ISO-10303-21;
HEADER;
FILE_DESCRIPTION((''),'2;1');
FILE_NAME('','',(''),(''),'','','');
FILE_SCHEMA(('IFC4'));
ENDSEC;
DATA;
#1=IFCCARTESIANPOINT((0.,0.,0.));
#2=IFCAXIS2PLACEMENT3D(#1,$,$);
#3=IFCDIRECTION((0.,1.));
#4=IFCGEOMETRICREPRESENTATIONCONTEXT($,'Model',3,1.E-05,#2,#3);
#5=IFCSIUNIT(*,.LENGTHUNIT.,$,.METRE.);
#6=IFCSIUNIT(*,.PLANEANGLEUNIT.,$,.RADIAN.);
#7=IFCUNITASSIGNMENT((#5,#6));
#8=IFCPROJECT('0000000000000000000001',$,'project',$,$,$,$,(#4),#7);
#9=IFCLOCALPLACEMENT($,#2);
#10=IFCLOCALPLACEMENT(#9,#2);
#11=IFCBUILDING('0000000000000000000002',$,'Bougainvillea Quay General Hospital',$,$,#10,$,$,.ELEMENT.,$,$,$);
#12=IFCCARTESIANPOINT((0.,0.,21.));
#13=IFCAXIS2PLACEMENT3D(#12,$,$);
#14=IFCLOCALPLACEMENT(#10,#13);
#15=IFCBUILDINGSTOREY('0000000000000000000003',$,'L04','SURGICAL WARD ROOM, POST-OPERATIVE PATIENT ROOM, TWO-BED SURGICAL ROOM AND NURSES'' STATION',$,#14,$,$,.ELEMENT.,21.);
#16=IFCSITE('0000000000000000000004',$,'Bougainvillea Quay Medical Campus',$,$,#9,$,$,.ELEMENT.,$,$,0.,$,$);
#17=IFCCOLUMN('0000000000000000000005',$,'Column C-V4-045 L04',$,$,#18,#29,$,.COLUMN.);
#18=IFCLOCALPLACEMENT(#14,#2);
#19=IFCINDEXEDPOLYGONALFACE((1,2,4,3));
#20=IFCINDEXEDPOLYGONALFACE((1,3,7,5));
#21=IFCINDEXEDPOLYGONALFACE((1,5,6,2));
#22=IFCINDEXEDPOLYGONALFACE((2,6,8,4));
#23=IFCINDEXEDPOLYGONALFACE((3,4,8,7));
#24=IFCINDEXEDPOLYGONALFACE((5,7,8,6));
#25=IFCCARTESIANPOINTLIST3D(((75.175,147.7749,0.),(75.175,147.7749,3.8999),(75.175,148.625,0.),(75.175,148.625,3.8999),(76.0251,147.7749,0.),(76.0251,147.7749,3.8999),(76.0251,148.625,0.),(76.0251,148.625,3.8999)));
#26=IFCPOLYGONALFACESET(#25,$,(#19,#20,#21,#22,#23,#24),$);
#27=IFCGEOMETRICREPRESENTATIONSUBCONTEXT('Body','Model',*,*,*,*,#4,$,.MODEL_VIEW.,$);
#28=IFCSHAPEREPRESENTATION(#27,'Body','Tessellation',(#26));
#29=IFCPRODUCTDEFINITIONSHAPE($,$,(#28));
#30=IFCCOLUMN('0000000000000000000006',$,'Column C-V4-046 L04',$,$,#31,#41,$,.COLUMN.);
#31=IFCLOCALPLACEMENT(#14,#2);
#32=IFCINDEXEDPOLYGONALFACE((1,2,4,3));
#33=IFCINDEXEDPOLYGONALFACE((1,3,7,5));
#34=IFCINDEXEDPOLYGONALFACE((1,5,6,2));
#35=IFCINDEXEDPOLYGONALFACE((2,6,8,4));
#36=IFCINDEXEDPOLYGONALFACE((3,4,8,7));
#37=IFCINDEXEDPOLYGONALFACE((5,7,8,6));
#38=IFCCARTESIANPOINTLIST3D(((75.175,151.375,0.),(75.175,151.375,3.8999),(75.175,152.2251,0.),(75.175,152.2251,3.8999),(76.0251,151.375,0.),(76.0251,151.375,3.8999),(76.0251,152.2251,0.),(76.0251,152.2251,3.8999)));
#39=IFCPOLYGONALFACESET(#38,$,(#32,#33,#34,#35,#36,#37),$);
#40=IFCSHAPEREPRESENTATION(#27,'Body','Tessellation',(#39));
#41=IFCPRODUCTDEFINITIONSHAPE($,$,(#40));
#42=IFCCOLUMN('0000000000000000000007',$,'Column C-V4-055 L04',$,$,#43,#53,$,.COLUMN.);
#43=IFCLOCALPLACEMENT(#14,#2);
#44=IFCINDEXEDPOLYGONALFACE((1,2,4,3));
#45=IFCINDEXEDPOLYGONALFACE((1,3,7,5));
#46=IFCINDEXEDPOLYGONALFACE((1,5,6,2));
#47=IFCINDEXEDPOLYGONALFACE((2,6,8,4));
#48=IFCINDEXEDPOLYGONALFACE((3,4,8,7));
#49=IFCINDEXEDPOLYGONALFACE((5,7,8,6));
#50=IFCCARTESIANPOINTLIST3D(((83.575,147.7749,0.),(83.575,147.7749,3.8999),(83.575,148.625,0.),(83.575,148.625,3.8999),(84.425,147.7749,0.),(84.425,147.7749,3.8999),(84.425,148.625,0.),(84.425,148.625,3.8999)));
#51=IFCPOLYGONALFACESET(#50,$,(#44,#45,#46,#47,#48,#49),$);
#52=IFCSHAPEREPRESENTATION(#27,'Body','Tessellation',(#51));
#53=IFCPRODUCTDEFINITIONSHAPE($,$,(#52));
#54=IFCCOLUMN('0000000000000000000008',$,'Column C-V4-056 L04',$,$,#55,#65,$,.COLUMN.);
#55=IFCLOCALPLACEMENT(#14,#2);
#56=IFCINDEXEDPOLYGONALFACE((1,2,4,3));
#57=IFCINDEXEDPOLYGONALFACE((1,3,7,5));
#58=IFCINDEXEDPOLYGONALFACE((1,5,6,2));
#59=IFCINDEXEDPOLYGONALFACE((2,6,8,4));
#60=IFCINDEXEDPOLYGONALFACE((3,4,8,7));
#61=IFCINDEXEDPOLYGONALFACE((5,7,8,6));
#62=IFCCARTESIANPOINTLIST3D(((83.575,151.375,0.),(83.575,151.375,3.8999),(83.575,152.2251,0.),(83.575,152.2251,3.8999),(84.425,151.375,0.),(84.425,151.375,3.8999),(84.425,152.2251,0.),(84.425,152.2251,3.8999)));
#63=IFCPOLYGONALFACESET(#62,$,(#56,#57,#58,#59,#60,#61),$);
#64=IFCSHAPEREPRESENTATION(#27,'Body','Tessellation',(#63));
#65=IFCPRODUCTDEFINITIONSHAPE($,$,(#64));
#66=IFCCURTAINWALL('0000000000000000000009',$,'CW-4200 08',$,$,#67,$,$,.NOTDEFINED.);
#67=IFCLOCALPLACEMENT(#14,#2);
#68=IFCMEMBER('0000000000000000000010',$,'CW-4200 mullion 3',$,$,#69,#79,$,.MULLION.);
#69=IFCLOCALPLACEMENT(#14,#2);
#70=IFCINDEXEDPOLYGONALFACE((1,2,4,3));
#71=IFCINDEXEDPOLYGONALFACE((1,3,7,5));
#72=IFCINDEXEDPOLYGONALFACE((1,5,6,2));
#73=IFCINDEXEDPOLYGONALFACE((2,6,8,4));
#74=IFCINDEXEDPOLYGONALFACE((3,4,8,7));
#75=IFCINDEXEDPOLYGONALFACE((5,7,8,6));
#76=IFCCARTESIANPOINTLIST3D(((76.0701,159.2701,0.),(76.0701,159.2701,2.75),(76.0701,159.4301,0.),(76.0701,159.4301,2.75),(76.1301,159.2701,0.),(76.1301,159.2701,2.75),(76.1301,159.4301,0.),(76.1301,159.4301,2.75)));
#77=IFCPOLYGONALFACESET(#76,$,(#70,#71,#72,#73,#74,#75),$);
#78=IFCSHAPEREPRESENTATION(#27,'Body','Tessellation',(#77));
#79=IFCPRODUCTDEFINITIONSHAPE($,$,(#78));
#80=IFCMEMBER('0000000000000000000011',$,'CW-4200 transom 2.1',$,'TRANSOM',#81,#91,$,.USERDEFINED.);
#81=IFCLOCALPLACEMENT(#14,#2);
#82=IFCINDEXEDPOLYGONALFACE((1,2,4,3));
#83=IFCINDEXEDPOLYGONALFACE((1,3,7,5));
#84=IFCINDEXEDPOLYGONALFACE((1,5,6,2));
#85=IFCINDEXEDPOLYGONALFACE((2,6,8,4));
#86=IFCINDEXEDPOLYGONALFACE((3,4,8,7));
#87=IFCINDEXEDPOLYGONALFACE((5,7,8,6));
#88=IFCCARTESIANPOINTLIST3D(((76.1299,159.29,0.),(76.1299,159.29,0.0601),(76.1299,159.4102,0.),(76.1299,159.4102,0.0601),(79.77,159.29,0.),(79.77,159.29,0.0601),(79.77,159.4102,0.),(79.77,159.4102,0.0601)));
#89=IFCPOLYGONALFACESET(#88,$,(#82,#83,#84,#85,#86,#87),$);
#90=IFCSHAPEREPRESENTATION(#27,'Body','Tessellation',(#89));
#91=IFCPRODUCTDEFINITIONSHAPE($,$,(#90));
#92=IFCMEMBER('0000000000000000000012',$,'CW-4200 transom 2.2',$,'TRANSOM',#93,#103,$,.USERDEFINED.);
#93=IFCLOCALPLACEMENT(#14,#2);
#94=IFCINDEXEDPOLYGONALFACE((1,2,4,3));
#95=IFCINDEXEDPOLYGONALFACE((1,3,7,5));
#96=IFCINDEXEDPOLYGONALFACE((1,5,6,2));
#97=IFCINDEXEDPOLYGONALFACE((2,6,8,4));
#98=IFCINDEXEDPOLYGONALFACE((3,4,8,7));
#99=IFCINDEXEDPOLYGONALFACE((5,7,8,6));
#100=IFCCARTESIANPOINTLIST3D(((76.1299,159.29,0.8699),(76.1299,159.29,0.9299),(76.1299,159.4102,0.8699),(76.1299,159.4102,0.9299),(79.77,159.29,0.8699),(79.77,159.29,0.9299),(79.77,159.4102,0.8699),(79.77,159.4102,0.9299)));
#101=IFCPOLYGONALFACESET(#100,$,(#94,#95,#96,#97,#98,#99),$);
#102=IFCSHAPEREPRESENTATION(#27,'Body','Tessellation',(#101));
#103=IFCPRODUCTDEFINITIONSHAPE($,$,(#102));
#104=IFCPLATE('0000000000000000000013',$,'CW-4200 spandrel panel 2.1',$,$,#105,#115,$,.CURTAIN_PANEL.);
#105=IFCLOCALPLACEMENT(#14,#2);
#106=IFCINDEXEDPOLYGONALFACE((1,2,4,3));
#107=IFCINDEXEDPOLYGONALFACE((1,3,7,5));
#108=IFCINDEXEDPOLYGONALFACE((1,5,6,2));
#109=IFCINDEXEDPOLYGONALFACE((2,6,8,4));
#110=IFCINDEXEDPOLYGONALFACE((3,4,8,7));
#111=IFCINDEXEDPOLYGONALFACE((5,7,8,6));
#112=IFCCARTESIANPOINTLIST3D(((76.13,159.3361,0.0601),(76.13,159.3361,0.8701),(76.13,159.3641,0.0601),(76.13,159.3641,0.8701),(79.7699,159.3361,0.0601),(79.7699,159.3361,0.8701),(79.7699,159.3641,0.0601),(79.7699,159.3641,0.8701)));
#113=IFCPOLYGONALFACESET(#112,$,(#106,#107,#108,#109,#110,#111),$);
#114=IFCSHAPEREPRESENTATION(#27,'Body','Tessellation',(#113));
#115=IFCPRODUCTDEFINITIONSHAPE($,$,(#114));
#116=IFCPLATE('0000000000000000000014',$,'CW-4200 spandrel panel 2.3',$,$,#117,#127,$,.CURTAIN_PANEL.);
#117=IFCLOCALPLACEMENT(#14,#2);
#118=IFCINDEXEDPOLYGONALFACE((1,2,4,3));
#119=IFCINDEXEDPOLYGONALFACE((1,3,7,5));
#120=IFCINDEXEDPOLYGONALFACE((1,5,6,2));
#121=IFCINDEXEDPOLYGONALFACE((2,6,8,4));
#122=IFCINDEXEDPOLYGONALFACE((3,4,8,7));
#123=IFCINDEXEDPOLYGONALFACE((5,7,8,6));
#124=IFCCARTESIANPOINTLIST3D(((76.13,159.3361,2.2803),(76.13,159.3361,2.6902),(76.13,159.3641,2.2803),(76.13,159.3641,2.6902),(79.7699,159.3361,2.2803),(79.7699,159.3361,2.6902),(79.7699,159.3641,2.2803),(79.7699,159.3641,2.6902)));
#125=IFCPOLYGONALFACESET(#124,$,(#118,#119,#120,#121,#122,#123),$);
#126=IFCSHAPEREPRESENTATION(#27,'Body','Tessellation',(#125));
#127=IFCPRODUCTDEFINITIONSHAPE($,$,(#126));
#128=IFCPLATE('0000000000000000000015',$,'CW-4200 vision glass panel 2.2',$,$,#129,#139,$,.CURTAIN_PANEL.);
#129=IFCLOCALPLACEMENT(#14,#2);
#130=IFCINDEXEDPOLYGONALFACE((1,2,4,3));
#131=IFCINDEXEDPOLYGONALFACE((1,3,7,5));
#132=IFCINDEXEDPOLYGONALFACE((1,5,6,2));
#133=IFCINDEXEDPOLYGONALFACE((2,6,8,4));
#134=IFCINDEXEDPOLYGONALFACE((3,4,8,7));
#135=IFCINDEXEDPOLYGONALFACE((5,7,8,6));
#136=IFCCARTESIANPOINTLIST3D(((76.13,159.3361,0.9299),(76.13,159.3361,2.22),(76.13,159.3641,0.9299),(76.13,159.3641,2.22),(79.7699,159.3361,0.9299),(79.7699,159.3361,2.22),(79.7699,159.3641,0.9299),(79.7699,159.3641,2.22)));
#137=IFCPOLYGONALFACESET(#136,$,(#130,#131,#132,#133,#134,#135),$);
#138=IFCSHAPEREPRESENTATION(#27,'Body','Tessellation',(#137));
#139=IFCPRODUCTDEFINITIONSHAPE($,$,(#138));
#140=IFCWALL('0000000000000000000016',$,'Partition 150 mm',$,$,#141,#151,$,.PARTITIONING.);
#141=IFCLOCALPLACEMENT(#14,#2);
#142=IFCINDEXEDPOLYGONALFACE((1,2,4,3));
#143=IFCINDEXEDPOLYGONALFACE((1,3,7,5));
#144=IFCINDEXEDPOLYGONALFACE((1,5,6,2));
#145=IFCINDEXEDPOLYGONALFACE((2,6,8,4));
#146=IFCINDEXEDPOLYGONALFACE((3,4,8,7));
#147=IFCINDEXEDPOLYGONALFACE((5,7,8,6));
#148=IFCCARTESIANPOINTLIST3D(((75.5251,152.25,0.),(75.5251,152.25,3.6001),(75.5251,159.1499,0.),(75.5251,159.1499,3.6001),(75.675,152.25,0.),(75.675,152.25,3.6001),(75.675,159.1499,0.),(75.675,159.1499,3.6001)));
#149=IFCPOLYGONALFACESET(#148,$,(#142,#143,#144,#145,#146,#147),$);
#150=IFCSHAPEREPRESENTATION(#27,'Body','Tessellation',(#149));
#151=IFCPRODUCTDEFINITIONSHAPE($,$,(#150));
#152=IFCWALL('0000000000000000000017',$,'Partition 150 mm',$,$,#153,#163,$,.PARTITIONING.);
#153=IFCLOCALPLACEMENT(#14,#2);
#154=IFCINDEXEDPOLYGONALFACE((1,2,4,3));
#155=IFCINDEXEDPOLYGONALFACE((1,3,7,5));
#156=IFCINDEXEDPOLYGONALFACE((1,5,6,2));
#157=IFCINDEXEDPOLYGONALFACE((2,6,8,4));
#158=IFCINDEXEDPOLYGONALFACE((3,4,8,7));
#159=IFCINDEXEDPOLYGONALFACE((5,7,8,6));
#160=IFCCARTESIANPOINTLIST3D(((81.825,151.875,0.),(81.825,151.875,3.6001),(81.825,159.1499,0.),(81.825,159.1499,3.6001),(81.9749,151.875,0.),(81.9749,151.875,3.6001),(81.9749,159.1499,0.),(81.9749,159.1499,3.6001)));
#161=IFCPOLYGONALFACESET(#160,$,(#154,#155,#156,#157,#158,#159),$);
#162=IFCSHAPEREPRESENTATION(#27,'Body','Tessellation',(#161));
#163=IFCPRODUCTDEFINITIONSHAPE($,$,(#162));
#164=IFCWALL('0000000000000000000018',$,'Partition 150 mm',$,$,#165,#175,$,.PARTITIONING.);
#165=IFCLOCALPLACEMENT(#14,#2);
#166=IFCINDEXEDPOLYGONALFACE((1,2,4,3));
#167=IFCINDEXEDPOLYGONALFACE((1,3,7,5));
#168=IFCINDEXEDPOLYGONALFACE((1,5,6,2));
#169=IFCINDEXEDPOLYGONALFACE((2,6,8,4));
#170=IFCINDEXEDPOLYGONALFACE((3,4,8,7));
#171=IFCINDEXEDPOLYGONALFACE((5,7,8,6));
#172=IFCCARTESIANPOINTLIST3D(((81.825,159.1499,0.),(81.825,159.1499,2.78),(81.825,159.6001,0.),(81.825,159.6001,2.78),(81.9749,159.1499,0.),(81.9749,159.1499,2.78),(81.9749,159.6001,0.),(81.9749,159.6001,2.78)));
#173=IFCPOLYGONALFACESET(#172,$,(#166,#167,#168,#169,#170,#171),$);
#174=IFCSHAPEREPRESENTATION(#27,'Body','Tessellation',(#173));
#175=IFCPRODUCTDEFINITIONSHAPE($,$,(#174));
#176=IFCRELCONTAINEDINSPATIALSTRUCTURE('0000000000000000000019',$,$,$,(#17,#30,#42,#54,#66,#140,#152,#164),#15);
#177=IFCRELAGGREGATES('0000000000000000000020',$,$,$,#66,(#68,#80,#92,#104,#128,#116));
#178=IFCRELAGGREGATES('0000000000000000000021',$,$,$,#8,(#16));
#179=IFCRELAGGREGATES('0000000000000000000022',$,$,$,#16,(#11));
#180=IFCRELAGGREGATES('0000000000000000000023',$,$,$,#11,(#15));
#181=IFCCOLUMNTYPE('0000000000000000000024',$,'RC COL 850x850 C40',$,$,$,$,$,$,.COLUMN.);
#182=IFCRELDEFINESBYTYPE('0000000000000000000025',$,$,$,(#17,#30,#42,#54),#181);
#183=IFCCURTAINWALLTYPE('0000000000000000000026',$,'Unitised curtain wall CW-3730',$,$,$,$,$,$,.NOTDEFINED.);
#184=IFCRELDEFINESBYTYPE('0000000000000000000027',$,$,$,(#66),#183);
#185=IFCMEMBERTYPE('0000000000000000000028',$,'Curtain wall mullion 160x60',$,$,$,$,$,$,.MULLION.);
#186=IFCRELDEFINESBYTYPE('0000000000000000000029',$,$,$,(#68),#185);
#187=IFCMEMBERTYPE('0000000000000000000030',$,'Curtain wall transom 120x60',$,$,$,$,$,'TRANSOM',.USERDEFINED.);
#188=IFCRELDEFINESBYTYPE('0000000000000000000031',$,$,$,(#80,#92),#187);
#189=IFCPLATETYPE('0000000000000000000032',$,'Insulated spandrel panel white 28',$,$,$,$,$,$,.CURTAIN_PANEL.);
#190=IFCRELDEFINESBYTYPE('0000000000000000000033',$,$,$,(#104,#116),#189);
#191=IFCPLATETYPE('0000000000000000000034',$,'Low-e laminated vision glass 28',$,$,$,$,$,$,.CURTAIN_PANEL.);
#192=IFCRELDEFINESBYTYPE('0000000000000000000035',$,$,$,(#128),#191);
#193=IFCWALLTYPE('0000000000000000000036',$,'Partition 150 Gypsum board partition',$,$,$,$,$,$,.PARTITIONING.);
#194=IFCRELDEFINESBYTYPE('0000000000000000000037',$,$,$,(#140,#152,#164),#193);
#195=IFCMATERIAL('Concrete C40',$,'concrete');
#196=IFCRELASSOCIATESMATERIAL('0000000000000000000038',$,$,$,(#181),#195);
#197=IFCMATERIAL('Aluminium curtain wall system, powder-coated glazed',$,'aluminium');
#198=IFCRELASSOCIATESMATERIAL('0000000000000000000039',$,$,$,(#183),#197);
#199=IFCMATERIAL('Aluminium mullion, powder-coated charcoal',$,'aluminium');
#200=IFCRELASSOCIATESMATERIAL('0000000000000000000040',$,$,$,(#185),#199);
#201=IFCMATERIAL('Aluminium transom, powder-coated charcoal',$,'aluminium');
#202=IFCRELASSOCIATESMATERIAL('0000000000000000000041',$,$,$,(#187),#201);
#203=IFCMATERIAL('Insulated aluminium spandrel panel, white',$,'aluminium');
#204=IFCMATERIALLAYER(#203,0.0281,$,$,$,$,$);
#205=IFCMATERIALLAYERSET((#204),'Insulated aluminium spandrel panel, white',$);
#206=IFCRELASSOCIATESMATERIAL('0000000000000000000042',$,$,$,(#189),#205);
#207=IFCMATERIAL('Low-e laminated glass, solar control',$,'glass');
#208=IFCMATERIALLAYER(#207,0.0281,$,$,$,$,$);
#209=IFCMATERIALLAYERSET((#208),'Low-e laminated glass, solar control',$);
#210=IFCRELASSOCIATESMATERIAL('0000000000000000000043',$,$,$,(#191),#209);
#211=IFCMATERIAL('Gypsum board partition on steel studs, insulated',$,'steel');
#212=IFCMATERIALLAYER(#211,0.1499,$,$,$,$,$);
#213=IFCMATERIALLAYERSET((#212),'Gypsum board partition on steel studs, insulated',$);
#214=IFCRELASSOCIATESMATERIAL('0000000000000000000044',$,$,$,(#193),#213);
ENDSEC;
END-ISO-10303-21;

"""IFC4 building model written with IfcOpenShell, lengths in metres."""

from ifc_helpers import new_model, si_unit, direction, frame, frame_2d, origin, origin_2d, place, context, subcontext, project, spatial, rectangle, extrude, material, layer, layer_set, material_profile, profile_set, type_object, element, aggregate, save


model = new_model("IFC4")

# Units and contexts
model_context = context("Model", 3, precision=1e-05, world=origin(), true_north=direction((0.0, 1.0)))
body_context = subcontext(model_context, "Body", "Model", "MODEL_VIEW")
ifc_project = project(units=[si_unit("LENGTHUNIT", "METRE"), si_unit("PLANEANGLEUNIT", "RADIAN")], contexts=[model_context])

# Site, building, storey
site_placement = place(None, origin())
site = spatial("IfcSite", under=ifc_project, at=site_placement, Name="Bougainvillea Quay Medical Campus", CompositionType="ELEMENT", RefElevation=0.0)
building_placement = place(site_placement, origin())
building = spatial("IfcBuilding", under=site, at=building_placement, Name="Bougainvillea Quay General Hospital", CompositionType="ELEMENT")
storey_placement = place(building_placement, frame((0.0, 0.0, 21.0)))
storey = spatial("IfcBuildingStorey", under=building, at=storey_placement, Name="L04", Description="SURGICAL WARD ROOM, POST-OPERATIVE PATIENT ROOM, TWO-BED SURGICAL ROOM AND NURSES' STATION", CompositionType="ELEMENT", Elevation=21.0)

# Columns
ifc_material_1 = material(Name="Concrete C40", Category="concrete")
ifc_material_profile_1 = material_profile(ifc_material_1, rectangle(XDim=0.8501, YDim=0.8501, at=origin_2d()))
ifc_profile_set_1 = profile_set([ifc_material_profile_1], Name="Concrete C40")
column_type = type_object("IfcColumnType", Name="RC COL 850x850 C40", PredefinedType="COLUMN", material=ifc_profile_set_1)
for number, where, z_axis, x_axis, name in (
    (1, (75.6001, 148.2, 0.0), (0.0, 0.0, 1.0), (1.0, 0.0, 0.0), "Column C-V4-045 L04"),
    (2, (75.6001, 151.8, 0.0), (0.0, 0.0, 1.0), (1.0, 0.0, 0.0), "Column C-V4-046 L04"),
    (3, (84.0, 148.2, 0.0), (0.0, 0.0, 1.0), (1.0, 0.0, 0.0), "Column C-V4-055 L04"),
    (4, (84.0, 151.8, 0.0), (0.0, 0.0, 1.0), (1.0, 0.0, 0.0), "Column C-V4-056 L04"),
):
    element("IfcColumn", number, at=place(storey_placement, frame(where, z_axis=z_axis, x_axis=x_axis)), inside=storey, type_object=column_type, Name=name, PredefinedType="COLUMN", context=body_context, shape_type="SweptSolid", body=[
        extrude(rectangle(XDim=0.8501, YDim=0.8501, at=origin_2d()), origin(), (0.0, 0.0, 1.0), 3.8999),
    ])

# Curtain wall, members, plates
ifc_material_2 = material(Name="Aluminium curtain wall system, powder-coated glazed", Category="aluminium")
curtain_wall_type = type_object("IfcCurtainWallType", Name="Unitised curtain wall CW-3730", PredefinedType="NOTDEFINED", material=ifc_material_2)
curtain_wall_placement = place(storey_placement, origin())
curtain_wall = element("IfcCurtainWall", 5, at=curtain_wall_placement, inside=storey, type_object=curtain_wall_type, Name="CW-4200 08", PredefinedType="NOTDEFINED")
ifc_material_3 = material(Name="Aluminium mullion, powder-coated charcoal", Category="aluminium")
ifc_material_profile_2 = material_profile(ifc_material_3, rectangle(XDim=0.1599, YDim=0.0601, at=origin_2d()))
ifc_profile_set_2 = profile_set([ifc_material_profile_2], Name="Aluminium mullion, powder-coated charcoal")
member_type_1 = type_object("IfcMemberType", Name="Curtain wall mullion 160x60", PredefinedType="MULLION", material=ifc_profile_set_2)
member_1_placement = place(storey_placement, frame((76.1001, 159.3501, 0.0), z_axis=(0.0, 0.0, 1.0), x_axis=(0.0, -1.0, 0.0)))
member_1 = element("IfcMember", 6, at=member_1_placement, type_object=member_type_1, Name="CW-4200 mullion 3", PredefinedType="MULLION", context=body_context, shape_type="SweptSolid", body=[
    extrude(rectangle(XDim=0.1599, YDim=0.0601, at=origin_2d()), origin(), (0.0, 0.0, 1.0), 2.75),
])
ifc_material_4 = material(Name="Aluminium transom, powder-coated charcoal", Category="aluminium")
ifc_material_profile_3 = material_profile(ifc_material_4, rectangle(XDim=0.1201, YDim=0.0601, at=origin_2d()))
ifc_profile_set_3 = profile_set([ifc_material_profile_3], Name="Aluminium transom, powder-coated charcoal")
member_type_2 = type_object("IfcMemberType", Name="Curtain wall transom 120x60", ElementType="TRANSOM", PredefinedType="USERDEFINED", material=ifc_profile_set_3)
member_2_placement = place(storey_placement, frame((79.77, 159.3501, 0.03), z_axis=(-1.0, 0.0, 0.0), x_axis=(0.0, -1.0, 0.0)))
member_2 = element("IfcMember", 7, at=member_2_placement, type_object=member_type_2, Name="CW-4200 transom 2.1", ObjectType="TRANSOM", PredefinedType="USERDEFINED", context=body_context, shape_type="SweptSolid", body=[
    extrude(rectangle(XDim=0.1201, YDim=0.0601, at=origin_2d()), origin(), (0.0, 0.0, 1.0), 3.6401),
])
member_3_placement = place(storey_placement, frame((79.77, 159.3501, 0.8999), z_axis=(-1.0, 0.0, 0.0), x_axis=(0.0, -1.0, 0.0)))
member_3 = element("IfcMember", 8, at=member_3_placement, type_object=member_type_2, Name="CW-4200 transom 2.2", ObjectType="TRANSOM", PredefinedType="USERDEFINED", context=body_context, shape_type="SweptSolid", body=[
    extrude(rectangle(XDim=0.1201, YDim=0.0601, at=origin_2d()), origin(), (0.0, 0.0, 1.0), 3.6401),
])
ifc_material_5 = material(Name="Insulated aluminium spandrel panel, white", Category="aluminium")
ifc_layer_1 = layer(ifc_material_5, 0.0281)
ifc_layer_set_1 = layer_set([ifc_layer_1], Name="Insulated aluminium spandrel panel, white")
plate_type_1 = type_object("IfcPlateType", Name="Insulated spandrel panel white 28", PredefinedType="CURTAIN_PANEL", material=ifc_layer_set_1)
plate_1_placement = place(storey_placement, frame((77.95, 159.3501, 0.0601), z_axis=(0.0, 0.0, 1.0), x_axis=(-1.0, 0.0, 0.0)))
plate_1 = element("IfcPlate", 9, at=plate_1_placement, type_object=plate_type_1, Name="CW-4200 spandrel panel 2.1", PredefinedType="CURTAIN_PANEL", context=body_context, shape_type="SweptSolid", body=[
    extrude(rectangle(XDim=3.6399, YDim=0.0281, at=origin_2d()), origin(), (0.0, 0.0, 1.0), 0.8101),
])
plate_2_placement = place(storey_placement, frame((77.95, 159.3501, 2.2803), z_axis=(0.0, 0.0, 1.0), x_axis=(-1.0, 0.0, 0.0)))
plate_2 = element("IfcPlate", 10, at=plate_2_placement, type_object=plate_type_1, Name="CW-4200 spandrel panel 2.3", PredefinedType="CURTAIN_PANEL", context=body_context, shape_type="SweptSolid", body=[
    extrude(rectangle(XDim=3.6399, YDim=0.0281, at=origin_2d()), origin(), (0.0, 0.0, 1.0), 0.4099),
])
ifc_material_6 = material(Name="Low-e laminated glass, solar control", Category="glass")
ifc_layer_2 = layer(ifc_material_6, 0.0281)
ifc_layer_set_2 = layer_set([ifc_layer_2], Name="Low-e laminated glass, solar control")
plate_type_2 = type_object("IfcPlateType", Name="Low-e laminated vision glass 28", PredefinedType="CURTAIN_PANEL", material=ifc_layer_set_2)
plate_3_placement = place(storey_placement, frame((77.95, 159.3501, 0.9299), z_axis=(0.0, 0.0, 1.0), x_axis=(-1.0, 0.0, 0.0)))
plate_3 = element("IfcPlate", 11, at=plate_3_placement, type_object=plate_type_2, Name="CW-4200 vision glass panel 2.2", PredefinedType="CURTAIN_PANEL", context=body_context, shape_type="SweptSolid", body=[
    extrude(rectangle(XDim=3.6399, YDim=0.0281, at=origin_2d()), origin(), (0.0, 0.0, 1.0), 1.29),
])
aggregate(curtain_wall, [member_1, member_2, member_3, plate_1, plate_3, plate_2])

# Walls
ifc_material_7 = material(Name="Gypsum board partition on steel studs, insulated", Category="steel")
ifc_layer_3 = layer(ifc_material_7, 0.1499)
ifc_layer_set_3 = layer_set([ifc_layer_3], Name="Gypsum board partition on steel studs, insulated")
wall_type_1 = type_object("IfcWallType", Name="Partition 150 Gypsum board partition", PredefinedType="PARTITIONING", material=ifc_layer_set_3)
wall_1_placement = place(storey_placement, frame((75.6001, 152.25, 0.0), z_axis=(0.0, 0.0, 1.0), x_axis=(0.0, 1.0, 0.0)))
element("IfcWall", 12, at=wall_1_placement, inside=storey, type_object=wall_type_1, Name="Partition 150 mm", PredefinedType="PARTITIONING", context=body_context, shape_type="SweptSolid", body=[
    extrude(rectangle(XDim=6.8999, YDim=0.1499, at=frame_2d((3.45, 0.0))), origin(), (0.0, 0.0, 1.0), 3.6001),
])
wall_2_placement = place(storey_placement, frame((81.8999, 151.875, 0.0), z_axis=(0.0, 0.0, 1.0), x_axis=(0.0, 1.0, 0.0)))
element("IfcWall", 13, at=wall_2_placement, inside=storey, type_object=wall_type_1, Name="Partition 150 mm", PredefinedType="PARTITIONING", context=body_context, shape_type="SweptSolid", body=[
    extrude(rectangle(XDim=7.2749, YDim=0.1499, at=frame_2d((3.6375, 0.0))), origin(), (0.0, 0.0, 1.0), 3.6001),
])
wall_3_placement = place(storey_placement, frame((81.8999, 159.1499, 0.0), z_axis=(0.0, 0.0, 1.0), x_axis=(0.0, 1.0, 0.0)))
element("IfcWall", 14, at=wall_3_placement, inside=storey, type_object=wall_type_1, Name="Partition 150 mm", PredefinedType="PARTITIONING", context=body_context, shape_type="SweptSolid", body=[
    extrude(rectangle(XDim=0.4502, YDim=0.1499, at=frame_2d((0.2251, 0.0))), origin(), (0.0, 0.0, 1.0), 2.78),
])

save(model, "model.ifc")
